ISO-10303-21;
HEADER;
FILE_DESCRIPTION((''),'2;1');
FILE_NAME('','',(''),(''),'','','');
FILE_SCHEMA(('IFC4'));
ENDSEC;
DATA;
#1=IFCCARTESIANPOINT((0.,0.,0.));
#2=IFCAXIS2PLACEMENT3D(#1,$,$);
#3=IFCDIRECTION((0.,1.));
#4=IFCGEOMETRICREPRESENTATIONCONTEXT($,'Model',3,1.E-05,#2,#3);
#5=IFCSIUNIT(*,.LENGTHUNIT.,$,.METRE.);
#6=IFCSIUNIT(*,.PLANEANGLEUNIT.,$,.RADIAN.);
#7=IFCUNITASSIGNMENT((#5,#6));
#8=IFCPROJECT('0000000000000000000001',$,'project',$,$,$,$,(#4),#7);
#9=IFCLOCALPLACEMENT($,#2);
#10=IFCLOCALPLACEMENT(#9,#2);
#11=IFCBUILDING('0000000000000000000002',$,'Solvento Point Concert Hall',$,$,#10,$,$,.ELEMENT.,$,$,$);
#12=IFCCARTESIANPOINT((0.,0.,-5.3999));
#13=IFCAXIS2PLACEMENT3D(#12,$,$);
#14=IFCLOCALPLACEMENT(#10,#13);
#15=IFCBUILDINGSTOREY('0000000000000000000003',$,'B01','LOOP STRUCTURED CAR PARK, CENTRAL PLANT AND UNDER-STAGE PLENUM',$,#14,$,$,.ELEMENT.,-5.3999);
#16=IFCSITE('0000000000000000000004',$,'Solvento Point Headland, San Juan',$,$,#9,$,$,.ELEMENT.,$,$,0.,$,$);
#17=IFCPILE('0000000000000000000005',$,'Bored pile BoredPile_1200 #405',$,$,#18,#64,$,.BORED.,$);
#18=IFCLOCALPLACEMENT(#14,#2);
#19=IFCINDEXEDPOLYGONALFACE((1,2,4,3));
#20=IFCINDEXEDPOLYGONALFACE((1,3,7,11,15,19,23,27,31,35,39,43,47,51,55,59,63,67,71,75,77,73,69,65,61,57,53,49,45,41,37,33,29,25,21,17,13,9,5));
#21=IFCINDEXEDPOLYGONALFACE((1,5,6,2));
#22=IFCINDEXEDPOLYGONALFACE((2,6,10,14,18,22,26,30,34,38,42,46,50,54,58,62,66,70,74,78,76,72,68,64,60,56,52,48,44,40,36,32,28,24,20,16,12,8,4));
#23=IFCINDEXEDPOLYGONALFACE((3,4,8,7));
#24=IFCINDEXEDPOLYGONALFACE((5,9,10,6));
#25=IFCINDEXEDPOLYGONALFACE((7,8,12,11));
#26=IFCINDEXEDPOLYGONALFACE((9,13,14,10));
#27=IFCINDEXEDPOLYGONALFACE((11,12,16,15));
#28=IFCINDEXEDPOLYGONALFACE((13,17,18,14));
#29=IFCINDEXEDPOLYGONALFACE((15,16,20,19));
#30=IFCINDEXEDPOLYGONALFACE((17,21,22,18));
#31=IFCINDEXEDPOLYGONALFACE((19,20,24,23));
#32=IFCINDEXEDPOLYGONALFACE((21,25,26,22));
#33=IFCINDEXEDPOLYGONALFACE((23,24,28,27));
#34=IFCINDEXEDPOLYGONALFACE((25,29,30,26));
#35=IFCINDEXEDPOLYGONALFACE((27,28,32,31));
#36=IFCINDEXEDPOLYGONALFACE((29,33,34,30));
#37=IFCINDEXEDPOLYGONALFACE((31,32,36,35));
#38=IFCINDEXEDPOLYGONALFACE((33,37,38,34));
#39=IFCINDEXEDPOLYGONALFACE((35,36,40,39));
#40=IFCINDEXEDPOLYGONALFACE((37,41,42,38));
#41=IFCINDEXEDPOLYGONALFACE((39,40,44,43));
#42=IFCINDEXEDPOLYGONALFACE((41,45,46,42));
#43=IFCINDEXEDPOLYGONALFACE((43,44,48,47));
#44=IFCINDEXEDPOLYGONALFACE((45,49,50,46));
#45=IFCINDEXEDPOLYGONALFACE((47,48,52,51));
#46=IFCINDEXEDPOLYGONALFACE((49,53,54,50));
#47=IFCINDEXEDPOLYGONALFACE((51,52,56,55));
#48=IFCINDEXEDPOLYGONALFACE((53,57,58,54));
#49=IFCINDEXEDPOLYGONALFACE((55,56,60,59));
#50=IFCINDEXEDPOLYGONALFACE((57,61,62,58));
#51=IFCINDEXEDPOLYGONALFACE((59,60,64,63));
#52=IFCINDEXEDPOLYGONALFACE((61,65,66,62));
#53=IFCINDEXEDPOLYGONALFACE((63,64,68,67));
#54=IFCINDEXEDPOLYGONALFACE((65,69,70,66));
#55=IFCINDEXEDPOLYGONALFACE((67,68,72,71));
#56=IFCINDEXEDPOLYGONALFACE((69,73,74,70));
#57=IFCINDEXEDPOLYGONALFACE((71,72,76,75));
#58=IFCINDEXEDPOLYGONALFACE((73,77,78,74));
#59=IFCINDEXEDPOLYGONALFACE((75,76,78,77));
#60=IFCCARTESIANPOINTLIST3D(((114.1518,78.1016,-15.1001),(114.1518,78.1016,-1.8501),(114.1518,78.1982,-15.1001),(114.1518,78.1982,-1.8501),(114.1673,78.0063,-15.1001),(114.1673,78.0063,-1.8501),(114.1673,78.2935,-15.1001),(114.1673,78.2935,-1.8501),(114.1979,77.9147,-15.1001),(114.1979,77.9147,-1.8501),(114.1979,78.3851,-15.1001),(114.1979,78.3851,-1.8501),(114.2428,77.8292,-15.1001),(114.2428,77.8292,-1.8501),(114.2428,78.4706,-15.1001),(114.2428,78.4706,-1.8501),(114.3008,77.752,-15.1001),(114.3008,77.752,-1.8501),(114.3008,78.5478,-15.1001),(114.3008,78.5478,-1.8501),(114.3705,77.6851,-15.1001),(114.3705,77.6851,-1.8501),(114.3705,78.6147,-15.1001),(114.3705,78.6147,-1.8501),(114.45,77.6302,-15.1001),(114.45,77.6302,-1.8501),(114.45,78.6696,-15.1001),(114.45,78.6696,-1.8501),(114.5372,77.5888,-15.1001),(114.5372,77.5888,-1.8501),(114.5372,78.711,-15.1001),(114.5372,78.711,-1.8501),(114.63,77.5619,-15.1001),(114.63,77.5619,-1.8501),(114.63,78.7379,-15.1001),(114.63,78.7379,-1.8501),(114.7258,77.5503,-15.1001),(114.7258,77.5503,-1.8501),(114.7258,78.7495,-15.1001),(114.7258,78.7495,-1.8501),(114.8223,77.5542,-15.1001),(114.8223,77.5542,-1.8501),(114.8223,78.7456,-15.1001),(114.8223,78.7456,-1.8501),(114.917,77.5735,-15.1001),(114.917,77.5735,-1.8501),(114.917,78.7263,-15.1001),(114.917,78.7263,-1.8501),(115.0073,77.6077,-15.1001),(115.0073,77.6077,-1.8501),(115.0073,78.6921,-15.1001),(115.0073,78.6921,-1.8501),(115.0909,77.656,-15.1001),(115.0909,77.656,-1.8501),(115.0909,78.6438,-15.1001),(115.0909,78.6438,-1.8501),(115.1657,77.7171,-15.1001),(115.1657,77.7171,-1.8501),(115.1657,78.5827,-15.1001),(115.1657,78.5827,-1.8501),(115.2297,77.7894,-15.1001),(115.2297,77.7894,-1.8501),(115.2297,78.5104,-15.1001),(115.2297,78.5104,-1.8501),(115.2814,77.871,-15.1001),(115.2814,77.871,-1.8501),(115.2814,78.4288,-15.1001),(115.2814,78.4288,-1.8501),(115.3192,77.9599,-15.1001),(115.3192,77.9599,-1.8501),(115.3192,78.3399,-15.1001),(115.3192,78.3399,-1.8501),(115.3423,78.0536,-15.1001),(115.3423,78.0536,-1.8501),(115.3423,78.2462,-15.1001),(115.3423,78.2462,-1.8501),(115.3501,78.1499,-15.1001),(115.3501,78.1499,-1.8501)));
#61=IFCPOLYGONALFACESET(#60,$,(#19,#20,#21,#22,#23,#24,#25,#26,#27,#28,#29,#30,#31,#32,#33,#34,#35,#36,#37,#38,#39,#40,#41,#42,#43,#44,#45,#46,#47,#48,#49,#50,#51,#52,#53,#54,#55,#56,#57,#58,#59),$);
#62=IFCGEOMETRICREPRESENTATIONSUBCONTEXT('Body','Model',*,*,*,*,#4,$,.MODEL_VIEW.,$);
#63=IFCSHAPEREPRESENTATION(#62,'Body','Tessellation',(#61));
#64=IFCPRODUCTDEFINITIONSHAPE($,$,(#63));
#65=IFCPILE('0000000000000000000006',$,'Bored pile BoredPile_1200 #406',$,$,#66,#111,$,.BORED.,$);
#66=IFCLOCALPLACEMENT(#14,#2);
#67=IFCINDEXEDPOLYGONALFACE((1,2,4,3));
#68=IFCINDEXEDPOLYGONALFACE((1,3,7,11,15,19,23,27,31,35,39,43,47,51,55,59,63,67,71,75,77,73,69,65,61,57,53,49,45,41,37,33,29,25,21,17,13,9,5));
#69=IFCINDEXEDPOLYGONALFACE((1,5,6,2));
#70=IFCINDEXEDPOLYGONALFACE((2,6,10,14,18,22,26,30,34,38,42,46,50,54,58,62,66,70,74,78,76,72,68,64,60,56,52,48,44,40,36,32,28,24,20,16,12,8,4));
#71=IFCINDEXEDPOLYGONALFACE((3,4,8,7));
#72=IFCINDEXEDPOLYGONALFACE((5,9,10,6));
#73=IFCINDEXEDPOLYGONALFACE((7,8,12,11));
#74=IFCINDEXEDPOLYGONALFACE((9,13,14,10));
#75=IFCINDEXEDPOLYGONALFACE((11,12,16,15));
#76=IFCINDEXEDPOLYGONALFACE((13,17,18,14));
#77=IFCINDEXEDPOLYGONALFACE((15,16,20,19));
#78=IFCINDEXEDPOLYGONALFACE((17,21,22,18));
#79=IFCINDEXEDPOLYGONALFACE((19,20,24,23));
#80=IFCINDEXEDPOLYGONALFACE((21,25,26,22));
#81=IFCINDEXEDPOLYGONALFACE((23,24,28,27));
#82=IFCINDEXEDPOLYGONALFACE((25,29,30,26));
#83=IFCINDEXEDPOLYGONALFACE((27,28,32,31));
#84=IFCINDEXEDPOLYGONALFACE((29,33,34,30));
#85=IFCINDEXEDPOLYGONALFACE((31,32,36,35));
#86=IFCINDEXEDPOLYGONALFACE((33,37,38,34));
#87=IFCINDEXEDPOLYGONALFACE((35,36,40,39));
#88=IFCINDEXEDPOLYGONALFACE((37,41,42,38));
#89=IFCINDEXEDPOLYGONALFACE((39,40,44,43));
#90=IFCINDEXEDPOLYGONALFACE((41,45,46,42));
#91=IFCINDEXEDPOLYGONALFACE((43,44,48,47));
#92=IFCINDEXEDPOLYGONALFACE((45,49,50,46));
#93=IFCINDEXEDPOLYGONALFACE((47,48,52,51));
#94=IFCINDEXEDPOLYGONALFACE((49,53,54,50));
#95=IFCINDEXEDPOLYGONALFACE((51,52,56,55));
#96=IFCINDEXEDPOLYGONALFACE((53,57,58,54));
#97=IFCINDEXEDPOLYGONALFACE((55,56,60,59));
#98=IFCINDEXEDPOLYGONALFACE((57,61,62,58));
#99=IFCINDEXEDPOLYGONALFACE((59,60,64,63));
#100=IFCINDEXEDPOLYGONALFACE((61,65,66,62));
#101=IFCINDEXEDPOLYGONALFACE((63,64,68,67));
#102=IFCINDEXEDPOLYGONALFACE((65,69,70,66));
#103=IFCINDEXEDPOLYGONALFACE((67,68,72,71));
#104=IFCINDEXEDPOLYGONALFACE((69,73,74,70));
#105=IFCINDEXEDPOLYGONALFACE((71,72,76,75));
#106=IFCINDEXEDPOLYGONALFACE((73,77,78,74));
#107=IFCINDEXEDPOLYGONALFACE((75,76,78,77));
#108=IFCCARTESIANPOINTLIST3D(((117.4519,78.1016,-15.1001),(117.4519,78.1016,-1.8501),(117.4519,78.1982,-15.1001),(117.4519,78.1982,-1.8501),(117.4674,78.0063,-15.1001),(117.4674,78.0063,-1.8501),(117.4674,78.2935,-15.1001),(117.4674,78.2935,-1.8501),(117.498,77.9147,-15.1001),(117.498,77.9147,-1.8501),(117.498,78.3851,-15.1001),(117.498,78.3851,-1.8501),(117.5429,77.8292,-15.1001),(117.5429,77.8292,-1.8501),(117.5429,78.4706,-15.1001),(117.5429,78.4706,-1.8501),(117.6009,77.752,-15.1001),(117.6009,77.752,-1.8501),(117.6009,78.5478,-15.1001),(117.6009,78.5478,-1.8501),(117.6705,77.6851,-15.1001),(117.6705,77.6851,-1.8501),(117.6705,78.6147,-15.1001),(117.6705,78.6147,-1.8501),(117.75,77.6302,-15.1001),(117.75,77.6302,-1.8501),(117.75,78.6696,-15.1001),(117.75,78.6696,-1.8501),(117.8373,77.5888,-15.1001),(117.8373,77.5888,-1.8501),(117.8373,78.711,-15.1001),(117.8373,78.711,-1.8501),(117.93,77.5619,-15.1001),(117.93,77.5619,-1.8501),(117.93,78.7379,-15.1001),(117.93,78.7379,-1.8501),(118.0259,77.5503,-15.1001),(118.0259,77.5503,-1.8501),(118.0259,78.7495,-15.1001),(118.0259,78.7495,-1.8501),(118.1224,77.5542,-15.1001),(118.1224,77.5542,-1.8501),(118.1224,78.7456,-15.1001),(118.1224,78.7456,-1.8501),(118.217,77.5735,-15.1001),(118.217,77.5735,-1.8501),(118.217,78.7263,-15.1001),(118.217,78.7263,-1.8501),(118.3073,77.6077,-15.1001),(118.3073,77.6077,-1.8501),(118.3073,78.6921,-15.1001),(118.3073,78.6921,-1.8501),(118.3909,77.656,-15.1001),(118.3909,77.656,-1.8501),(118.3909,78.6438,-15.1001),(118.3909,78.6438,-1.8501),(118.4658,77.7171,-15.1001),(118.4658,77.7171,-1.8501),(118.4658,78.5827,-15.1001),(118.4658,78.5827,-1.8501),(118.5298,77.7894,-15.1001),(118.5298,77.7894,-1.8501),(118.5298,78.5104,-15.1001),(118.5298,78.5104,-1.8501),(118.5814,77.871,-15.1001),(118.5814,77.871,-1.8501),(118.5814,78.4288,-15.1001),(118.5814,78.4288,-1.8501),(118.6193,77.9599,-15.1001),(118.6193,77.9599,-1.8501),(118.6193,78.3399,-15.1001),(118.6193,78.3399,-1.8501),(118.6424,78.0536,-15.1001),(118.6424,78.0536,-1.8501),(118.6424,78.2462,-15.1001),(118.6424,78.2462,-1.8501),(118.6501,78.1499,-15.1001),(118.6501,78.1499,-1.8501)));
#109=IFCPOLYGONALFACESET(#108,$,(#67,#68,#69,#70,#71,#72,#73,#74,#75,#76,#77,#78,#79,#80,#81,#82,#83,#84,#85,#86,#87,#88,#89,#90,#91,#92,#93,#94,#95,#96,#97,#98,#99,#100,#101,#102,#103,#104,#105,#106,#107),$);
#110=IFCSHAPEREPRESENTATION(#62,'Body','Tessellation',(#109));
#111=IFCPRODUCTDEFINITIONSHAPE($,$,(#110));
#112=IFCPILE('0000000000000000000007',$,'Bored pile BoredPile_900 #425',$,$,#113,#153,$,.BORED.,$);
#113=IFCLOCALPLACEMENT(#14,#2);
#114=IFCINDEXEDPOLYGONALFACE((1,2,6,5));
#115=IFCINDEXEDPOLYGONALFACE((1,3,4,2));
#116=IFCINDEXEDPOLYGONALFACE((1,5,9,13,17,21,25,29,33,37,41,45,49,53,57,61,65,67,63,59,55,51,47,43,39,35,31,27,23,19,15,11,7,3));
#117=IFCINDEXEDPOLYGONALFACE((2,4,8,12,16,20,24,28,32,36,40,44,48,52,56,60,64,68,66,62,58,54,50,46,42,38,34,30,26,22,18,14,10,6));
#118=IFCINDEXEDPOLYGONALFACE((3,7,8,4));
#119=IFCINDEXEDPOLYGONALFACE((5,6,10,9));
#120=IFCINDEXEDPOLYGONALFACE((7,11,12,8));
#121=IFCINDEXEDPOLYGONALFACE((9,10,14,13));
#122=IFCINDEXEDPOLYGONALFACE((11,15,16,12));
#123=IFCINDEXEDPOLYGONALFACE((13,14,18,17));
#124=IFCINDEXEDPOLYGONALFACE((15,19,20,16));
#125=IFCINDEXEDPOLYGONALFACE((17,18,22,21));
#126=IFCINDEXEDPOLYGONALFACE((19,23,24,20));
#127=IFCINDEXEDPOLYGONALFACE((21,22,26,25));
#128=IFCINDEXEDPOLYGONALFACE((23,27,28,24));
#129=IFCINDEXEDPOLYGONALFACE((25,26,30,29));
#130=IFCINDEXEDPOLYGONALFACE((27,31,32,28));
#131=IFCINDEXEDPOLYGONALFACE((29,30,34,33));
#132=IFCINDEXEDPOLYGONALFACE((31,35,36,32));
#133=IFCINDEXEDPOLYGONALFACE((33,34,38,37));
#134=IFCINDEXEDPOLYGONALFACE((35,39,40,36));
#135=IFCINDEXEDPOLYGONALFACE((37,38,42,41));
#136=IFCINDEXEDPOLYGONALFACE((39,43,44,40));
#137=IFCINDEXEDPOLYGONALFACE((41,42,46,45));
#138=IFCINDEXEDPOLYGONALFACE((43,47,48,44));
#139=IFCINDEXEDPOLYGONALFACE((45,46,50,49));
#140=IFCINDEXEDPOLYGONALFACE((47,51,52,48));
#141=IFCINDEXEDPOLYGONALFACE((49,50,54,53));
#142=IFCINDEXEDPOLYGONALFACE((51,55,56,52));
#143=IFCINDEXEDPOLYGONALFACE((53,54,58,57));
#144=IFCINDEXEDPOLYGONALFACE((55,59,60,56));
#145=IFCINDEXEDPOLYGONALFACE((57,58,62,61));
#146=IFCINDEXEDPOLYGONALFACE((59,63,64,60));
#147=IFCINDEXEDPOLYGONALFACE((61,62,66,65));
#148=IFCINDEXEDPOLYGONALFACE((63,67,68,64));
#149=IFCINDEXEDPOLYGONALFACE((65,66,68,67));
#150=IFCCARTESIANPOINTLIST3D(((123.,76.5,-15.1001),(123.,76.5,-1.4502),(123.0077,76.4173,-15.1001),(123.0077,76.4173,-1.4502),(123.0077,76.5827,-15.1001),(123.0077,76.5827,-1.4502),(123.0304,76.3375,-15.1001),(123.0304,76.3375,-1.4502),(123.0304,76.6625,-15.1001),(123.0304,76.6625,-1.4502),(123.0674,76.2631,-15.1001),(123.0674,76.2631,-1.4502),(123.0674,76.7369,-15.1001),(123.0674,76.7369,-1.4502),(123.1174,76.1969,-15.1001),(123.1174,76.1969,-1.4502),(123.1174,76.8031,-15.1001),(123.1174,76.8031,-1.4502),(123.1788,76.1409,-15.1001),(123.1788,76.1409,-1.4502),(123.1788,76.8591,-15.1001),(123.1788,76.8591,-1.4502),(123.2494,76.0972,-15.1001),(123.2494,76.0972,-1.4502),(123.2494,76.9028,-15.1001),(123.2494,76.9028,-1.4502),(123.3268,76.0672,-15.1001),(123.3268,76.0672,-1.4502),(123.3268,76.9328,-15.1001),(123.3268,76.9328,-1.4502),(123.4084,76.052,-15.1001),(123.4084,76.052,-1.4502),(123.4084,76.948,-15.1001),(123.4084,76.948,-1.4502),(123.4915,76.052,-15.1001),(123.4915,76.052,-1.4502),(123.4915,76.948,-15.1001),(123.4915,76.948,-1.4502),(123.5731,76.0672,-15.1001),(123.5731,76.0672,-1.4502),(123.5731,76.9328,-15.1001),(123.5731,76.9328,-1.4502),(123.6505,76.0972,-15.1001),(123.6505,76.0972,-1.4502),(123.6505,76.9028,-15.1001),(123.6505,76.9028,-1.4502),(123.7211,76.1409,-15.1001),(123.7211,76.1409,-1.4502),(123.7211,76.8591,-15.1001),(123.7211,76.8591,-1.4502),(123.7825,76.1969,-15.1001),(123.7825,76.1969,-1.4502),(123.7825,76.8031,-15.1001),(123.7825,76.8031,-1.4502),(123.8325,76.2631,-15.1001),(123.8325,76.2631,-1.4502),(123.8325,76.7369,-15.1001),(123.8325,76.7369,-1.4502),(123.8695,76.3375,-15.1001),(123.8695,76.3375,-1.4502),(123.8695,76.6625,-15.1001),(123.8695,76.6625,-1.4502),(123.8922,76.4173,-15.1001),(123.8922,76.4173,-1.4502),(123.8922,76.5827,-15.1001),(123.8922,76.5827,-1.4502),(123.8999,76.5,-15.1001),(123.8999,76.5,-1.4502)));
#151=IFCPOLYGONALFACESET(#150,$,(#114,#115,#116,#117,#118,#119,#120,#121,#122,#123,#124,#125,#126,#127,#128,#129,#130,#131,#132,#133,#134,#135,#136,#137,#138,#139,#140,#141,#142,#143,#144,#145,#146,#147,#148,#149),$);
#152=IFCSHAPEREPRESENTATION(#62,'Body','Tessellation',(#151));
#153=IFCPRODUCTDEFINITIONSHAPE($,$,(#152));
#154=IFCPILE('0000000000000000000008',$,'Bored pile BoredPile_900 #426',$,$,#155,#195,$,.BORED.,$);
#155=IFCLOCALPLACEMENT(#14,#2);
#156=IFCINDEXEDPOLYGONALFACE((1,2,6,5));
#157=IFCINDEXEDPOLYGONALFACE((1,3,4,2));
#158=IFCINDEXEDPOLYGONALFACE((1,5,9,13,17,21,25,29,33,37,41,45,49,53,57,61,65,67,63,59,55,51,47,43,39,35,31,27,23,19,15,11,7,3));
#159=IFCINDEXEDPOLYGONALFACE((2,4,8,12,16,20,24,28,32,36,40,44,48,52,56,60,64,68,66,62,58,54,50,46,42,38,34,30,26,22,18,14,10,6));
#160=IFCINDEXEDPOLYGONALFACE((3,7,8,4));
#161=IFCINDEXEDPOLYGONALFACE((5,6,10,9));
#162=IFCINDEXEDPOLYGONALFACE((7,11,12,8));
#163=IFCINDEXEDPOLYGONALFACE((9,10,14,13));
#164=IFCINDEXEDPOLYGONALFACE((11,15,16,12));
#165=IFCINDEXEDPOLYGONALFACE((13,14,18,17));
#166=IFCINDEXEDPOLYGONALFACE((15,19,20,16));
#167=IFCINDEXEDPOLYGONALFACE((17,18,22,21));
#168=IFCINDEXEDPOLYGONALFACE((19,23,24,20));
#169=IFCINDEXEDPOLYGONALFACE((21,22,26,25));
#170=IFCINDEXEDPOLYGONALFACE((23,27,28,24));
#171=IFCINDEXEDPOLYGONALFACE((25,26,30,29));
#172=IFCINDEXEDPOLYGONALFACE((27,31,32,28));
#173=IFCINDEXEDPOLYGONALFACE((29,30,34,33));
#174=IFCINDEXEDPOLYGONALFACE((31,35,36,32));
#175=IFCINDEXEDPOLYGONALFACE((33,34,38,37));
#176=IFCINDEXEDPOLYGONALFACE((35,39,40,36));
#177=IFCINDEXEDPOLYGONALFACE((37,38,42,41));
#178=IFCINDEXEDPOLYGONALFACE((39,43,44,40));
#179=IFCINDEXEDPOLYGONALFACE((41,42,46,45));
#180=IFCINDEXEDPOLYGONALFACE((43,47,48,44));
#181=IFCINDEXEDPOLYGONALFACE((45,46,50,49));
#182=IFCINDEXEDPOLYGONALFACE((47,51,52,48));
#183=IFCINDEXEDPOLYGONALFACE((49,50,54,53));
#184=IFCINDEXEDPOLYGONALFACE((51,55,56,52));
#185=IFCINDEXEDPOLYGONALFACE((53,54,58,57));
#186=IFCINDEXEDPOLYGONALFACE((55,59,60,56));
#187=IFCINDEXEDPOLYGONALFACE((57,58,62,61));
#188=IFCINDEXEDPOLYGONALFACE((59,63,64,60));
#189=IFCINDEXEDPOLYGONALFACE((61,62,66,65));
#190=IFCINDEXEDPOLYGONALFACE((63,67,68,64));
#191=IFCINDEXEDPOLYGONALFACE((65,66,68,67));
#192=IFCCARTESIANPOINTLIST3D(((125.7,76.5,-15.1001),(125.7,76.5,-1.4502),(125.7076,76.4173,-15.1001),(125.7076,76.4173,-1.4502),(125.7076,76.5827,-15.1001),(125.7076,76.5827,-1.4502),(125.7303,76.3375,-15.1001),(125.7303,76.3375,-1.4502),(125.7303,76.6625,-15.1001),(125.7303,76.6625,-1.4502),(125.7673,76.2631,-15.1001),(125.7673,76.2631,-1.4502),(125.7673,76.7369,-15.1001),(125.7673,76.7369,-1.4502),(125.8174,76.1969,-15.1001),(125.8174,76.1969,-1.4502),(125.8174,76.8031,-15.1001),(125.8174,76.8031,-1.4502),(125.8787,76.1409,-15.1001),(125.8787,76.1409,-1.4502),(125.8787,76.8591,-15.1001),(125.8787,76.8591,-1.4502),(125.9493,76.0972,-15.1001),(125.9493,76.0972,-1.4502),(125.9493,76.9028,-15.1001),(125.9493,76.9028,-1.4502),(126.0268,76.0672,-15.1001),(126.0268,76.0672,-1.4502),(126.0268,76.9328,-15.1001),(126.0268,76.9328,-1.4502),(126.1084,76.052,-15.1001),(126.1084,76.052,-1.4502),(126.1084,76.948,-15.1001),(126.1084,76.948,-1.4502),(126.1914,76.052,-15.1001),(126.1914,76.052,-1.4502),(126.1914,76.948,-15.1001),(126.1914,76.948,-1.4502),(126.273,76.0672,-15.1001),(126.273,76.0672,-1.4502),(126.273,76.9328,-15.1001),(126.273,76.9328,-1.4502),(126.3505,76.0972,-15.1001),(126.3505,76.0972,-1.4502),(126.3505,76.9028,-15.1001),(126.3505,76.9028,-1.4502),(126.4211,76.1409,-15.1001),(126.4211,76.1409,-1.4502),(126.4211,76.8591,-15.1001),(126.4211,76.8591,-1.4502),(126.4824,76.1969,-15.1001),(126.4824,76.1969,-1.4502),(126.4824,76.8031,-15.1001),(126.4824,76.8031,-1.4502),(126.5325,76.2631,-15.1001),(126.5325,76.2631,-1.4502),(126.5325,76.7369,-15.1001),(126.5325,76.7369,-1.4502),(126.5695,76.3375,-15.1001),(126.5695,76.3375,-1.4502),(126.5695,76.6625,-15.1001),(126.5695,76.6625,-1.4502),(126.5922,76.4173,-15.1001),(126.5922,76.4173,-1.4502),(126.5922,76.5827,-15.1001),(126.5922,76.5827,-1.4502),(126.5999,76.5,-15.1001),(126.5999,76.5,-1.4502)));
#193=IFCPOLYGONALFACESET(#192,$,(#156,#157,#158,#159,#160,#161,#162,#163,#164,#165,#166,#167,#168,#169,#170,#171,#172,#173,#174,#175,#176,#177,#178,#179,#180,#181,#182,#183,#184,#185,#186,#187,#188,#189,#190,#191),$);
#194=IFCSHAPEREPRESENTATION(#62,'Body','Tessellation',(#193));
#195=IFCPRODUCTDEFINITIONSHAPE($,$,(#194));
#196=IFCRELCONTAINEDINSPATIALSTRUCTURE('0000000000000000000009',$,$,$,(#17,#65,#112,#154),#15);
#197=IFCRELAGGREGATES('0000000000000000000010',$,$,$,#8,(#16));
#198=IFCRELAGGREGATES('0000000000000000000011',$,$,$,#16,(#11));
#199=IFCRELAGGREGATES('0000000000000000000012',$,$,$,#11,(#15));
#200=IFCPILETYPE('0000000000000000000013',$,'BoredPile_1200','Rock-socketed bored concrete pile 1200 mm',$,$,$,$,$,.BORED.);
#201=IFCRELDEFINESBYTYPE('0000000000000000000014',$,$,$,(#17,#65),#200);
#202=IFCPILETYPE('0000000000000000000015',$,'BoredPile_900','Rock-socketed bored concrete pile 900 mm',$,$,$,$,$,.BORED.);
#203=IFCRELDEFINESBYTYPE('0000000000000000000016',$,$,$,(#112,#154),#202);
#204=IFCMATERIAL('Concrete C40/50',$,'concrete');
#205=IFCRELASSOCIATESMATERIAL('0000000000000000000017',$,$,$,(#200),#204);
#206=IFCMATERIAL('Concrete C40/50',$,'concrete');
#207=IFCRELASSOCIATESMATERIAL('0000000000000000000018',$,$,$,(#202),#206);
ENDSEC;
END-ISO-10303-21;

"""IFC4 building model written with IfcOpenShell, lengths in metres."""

from ifc_helpers import new_model, si_unit, direction, frame, origin, origin_2d, place, context, subcontext, project, spatial, circle, extrude, material, material_profile, profile_set, type_object, element, save


model = new_model("IFC4")

# Units and contexts
model_context = context("Model", 3, precision=1e-05, world=origin(), true_north=direction((0.0, 1.0)))
body_context = subcontext(model_context, "Body", "Model", "MODEL_VIEW")
ifc_project = project(units=[si_unit("LENGTHUNIT", "METRE"), si_unit("PLANEANGLEUNIT", "RADIAN")], contexts=[model_context])

# Site, building, storey
site_placement = place(None, origin())
site = spatial("IfcSite", under=ifc_project, at=site_placement, Name="Solvento Point Headland, San Juan", CompositionType="ELEMENT", RefElevation=0.0)
building_placement = place(site_placement, origin())
building = spatial("IfcBuilding", under=site, at=building_placement, Name="Solvento Point Concert Hall", CompositionType="ELEMENT")
storey_placement = place(building_placement, frame((0.0, 0.0, -5.3999)))
storey = spatial("IfcBuildingStorey", under=building, at=storey_placement, Name="B01", Description="LOOP STRUCTURED CAR PARK, CENTRAL PLANT AND UNDER-STAGE PLENUM", CompositionType="ELEMENT", Elevation=-5.3999)

# Piles
ifc_material_1 = material(Name="Concrete C40/50", Category="concrete")
ifc_material_profile_1 = material_profile(ifc_material_1, circle(Radius=0.6001, at=origin_2d()), Name="BP-1200")
ifc_profile_set_1 = profile_set([ifc_material_profile_1], Name="Concrete C40/50")
pile_type_1 = type_object("IfcPileType", Name="BoredPile_1200", Description="Rock-socketed bored concrete pile 1200 mm", PredefinedType="BORED", material=ifc_profile_set_1)
for number, where, z_axis, x_axis, name in (
    (1, (114.75, 78.1499, -1.8501), (0.0, 0.0, -1.0), (1.0, 0.0, 0.0), "Bored pile BoredPile_1200 #405"),
    (2, (118.05, 78.1499, -1.8501), (0.0, 0.0, -1.0), (1.0, 0.0, 0.0), "Bored pile BoredPile_1200 #406"),
):
    element("IfcPile", number, at=place(storey_placement, frame(where, z_axis=z_axis, x_axis=x_axis)), inside=storey, type_object=pile_type_1, Name=name, PredefinedType="BORED", context=body_context, shape_type="SweptSolid", body=[
        extrude(circle(Radius=0.6001, at=origin_2d()), origin(), (0.0, 0.0, 1.0), 13.25),
    ])
ifc_material_2 = material(Name="Concrete C40/50", Category="concrete")
ifc_material_profile_2 = material_profile(ifc_material_2, circle(Radius=0.45, at=origin_2d()), Name="BP-900")
ifc_profile_set_2 = profile_set([ifc_material_profile_2], Name="Concrete C40/50")
pile_type_2 = type_object("IfcPileType", Name="BoredPile_900", Description="Rock-socketed bored concrete pile 900 mm", PredefinedType="BORED", material=ifc_profile_set_2)
for number, where, z_axis, x_axis, name in (
    (3, (123.45, 76.5, -1.4502), (0.0, 0.0, -1.0), (1.0, 0.0, 0.0), "Bored pile BoredPile_900 #425"),
    (4, (126.1499, 76.5, -1.4502), (0.0, 0.0, -1.0), (1.0, 0.0, 0.0), "Bored pile BoredPile_900 #426"),
):
    element("IfcPile", number, at=place(storey_placement, frame(where, z_axis=z_axis, x_axis=x_axis)), inside=storey, type_object=pile_type_2, Name=name, PredefinedType="BORED", context=body_context, shape_type="SweptSolid", body=[
        extrude(circle(Radius=0.45, at=origin_2d()), origin(), (0.0, 0.0, 1.0), 13.6499),
    ])

save(model, "model.ifc")
